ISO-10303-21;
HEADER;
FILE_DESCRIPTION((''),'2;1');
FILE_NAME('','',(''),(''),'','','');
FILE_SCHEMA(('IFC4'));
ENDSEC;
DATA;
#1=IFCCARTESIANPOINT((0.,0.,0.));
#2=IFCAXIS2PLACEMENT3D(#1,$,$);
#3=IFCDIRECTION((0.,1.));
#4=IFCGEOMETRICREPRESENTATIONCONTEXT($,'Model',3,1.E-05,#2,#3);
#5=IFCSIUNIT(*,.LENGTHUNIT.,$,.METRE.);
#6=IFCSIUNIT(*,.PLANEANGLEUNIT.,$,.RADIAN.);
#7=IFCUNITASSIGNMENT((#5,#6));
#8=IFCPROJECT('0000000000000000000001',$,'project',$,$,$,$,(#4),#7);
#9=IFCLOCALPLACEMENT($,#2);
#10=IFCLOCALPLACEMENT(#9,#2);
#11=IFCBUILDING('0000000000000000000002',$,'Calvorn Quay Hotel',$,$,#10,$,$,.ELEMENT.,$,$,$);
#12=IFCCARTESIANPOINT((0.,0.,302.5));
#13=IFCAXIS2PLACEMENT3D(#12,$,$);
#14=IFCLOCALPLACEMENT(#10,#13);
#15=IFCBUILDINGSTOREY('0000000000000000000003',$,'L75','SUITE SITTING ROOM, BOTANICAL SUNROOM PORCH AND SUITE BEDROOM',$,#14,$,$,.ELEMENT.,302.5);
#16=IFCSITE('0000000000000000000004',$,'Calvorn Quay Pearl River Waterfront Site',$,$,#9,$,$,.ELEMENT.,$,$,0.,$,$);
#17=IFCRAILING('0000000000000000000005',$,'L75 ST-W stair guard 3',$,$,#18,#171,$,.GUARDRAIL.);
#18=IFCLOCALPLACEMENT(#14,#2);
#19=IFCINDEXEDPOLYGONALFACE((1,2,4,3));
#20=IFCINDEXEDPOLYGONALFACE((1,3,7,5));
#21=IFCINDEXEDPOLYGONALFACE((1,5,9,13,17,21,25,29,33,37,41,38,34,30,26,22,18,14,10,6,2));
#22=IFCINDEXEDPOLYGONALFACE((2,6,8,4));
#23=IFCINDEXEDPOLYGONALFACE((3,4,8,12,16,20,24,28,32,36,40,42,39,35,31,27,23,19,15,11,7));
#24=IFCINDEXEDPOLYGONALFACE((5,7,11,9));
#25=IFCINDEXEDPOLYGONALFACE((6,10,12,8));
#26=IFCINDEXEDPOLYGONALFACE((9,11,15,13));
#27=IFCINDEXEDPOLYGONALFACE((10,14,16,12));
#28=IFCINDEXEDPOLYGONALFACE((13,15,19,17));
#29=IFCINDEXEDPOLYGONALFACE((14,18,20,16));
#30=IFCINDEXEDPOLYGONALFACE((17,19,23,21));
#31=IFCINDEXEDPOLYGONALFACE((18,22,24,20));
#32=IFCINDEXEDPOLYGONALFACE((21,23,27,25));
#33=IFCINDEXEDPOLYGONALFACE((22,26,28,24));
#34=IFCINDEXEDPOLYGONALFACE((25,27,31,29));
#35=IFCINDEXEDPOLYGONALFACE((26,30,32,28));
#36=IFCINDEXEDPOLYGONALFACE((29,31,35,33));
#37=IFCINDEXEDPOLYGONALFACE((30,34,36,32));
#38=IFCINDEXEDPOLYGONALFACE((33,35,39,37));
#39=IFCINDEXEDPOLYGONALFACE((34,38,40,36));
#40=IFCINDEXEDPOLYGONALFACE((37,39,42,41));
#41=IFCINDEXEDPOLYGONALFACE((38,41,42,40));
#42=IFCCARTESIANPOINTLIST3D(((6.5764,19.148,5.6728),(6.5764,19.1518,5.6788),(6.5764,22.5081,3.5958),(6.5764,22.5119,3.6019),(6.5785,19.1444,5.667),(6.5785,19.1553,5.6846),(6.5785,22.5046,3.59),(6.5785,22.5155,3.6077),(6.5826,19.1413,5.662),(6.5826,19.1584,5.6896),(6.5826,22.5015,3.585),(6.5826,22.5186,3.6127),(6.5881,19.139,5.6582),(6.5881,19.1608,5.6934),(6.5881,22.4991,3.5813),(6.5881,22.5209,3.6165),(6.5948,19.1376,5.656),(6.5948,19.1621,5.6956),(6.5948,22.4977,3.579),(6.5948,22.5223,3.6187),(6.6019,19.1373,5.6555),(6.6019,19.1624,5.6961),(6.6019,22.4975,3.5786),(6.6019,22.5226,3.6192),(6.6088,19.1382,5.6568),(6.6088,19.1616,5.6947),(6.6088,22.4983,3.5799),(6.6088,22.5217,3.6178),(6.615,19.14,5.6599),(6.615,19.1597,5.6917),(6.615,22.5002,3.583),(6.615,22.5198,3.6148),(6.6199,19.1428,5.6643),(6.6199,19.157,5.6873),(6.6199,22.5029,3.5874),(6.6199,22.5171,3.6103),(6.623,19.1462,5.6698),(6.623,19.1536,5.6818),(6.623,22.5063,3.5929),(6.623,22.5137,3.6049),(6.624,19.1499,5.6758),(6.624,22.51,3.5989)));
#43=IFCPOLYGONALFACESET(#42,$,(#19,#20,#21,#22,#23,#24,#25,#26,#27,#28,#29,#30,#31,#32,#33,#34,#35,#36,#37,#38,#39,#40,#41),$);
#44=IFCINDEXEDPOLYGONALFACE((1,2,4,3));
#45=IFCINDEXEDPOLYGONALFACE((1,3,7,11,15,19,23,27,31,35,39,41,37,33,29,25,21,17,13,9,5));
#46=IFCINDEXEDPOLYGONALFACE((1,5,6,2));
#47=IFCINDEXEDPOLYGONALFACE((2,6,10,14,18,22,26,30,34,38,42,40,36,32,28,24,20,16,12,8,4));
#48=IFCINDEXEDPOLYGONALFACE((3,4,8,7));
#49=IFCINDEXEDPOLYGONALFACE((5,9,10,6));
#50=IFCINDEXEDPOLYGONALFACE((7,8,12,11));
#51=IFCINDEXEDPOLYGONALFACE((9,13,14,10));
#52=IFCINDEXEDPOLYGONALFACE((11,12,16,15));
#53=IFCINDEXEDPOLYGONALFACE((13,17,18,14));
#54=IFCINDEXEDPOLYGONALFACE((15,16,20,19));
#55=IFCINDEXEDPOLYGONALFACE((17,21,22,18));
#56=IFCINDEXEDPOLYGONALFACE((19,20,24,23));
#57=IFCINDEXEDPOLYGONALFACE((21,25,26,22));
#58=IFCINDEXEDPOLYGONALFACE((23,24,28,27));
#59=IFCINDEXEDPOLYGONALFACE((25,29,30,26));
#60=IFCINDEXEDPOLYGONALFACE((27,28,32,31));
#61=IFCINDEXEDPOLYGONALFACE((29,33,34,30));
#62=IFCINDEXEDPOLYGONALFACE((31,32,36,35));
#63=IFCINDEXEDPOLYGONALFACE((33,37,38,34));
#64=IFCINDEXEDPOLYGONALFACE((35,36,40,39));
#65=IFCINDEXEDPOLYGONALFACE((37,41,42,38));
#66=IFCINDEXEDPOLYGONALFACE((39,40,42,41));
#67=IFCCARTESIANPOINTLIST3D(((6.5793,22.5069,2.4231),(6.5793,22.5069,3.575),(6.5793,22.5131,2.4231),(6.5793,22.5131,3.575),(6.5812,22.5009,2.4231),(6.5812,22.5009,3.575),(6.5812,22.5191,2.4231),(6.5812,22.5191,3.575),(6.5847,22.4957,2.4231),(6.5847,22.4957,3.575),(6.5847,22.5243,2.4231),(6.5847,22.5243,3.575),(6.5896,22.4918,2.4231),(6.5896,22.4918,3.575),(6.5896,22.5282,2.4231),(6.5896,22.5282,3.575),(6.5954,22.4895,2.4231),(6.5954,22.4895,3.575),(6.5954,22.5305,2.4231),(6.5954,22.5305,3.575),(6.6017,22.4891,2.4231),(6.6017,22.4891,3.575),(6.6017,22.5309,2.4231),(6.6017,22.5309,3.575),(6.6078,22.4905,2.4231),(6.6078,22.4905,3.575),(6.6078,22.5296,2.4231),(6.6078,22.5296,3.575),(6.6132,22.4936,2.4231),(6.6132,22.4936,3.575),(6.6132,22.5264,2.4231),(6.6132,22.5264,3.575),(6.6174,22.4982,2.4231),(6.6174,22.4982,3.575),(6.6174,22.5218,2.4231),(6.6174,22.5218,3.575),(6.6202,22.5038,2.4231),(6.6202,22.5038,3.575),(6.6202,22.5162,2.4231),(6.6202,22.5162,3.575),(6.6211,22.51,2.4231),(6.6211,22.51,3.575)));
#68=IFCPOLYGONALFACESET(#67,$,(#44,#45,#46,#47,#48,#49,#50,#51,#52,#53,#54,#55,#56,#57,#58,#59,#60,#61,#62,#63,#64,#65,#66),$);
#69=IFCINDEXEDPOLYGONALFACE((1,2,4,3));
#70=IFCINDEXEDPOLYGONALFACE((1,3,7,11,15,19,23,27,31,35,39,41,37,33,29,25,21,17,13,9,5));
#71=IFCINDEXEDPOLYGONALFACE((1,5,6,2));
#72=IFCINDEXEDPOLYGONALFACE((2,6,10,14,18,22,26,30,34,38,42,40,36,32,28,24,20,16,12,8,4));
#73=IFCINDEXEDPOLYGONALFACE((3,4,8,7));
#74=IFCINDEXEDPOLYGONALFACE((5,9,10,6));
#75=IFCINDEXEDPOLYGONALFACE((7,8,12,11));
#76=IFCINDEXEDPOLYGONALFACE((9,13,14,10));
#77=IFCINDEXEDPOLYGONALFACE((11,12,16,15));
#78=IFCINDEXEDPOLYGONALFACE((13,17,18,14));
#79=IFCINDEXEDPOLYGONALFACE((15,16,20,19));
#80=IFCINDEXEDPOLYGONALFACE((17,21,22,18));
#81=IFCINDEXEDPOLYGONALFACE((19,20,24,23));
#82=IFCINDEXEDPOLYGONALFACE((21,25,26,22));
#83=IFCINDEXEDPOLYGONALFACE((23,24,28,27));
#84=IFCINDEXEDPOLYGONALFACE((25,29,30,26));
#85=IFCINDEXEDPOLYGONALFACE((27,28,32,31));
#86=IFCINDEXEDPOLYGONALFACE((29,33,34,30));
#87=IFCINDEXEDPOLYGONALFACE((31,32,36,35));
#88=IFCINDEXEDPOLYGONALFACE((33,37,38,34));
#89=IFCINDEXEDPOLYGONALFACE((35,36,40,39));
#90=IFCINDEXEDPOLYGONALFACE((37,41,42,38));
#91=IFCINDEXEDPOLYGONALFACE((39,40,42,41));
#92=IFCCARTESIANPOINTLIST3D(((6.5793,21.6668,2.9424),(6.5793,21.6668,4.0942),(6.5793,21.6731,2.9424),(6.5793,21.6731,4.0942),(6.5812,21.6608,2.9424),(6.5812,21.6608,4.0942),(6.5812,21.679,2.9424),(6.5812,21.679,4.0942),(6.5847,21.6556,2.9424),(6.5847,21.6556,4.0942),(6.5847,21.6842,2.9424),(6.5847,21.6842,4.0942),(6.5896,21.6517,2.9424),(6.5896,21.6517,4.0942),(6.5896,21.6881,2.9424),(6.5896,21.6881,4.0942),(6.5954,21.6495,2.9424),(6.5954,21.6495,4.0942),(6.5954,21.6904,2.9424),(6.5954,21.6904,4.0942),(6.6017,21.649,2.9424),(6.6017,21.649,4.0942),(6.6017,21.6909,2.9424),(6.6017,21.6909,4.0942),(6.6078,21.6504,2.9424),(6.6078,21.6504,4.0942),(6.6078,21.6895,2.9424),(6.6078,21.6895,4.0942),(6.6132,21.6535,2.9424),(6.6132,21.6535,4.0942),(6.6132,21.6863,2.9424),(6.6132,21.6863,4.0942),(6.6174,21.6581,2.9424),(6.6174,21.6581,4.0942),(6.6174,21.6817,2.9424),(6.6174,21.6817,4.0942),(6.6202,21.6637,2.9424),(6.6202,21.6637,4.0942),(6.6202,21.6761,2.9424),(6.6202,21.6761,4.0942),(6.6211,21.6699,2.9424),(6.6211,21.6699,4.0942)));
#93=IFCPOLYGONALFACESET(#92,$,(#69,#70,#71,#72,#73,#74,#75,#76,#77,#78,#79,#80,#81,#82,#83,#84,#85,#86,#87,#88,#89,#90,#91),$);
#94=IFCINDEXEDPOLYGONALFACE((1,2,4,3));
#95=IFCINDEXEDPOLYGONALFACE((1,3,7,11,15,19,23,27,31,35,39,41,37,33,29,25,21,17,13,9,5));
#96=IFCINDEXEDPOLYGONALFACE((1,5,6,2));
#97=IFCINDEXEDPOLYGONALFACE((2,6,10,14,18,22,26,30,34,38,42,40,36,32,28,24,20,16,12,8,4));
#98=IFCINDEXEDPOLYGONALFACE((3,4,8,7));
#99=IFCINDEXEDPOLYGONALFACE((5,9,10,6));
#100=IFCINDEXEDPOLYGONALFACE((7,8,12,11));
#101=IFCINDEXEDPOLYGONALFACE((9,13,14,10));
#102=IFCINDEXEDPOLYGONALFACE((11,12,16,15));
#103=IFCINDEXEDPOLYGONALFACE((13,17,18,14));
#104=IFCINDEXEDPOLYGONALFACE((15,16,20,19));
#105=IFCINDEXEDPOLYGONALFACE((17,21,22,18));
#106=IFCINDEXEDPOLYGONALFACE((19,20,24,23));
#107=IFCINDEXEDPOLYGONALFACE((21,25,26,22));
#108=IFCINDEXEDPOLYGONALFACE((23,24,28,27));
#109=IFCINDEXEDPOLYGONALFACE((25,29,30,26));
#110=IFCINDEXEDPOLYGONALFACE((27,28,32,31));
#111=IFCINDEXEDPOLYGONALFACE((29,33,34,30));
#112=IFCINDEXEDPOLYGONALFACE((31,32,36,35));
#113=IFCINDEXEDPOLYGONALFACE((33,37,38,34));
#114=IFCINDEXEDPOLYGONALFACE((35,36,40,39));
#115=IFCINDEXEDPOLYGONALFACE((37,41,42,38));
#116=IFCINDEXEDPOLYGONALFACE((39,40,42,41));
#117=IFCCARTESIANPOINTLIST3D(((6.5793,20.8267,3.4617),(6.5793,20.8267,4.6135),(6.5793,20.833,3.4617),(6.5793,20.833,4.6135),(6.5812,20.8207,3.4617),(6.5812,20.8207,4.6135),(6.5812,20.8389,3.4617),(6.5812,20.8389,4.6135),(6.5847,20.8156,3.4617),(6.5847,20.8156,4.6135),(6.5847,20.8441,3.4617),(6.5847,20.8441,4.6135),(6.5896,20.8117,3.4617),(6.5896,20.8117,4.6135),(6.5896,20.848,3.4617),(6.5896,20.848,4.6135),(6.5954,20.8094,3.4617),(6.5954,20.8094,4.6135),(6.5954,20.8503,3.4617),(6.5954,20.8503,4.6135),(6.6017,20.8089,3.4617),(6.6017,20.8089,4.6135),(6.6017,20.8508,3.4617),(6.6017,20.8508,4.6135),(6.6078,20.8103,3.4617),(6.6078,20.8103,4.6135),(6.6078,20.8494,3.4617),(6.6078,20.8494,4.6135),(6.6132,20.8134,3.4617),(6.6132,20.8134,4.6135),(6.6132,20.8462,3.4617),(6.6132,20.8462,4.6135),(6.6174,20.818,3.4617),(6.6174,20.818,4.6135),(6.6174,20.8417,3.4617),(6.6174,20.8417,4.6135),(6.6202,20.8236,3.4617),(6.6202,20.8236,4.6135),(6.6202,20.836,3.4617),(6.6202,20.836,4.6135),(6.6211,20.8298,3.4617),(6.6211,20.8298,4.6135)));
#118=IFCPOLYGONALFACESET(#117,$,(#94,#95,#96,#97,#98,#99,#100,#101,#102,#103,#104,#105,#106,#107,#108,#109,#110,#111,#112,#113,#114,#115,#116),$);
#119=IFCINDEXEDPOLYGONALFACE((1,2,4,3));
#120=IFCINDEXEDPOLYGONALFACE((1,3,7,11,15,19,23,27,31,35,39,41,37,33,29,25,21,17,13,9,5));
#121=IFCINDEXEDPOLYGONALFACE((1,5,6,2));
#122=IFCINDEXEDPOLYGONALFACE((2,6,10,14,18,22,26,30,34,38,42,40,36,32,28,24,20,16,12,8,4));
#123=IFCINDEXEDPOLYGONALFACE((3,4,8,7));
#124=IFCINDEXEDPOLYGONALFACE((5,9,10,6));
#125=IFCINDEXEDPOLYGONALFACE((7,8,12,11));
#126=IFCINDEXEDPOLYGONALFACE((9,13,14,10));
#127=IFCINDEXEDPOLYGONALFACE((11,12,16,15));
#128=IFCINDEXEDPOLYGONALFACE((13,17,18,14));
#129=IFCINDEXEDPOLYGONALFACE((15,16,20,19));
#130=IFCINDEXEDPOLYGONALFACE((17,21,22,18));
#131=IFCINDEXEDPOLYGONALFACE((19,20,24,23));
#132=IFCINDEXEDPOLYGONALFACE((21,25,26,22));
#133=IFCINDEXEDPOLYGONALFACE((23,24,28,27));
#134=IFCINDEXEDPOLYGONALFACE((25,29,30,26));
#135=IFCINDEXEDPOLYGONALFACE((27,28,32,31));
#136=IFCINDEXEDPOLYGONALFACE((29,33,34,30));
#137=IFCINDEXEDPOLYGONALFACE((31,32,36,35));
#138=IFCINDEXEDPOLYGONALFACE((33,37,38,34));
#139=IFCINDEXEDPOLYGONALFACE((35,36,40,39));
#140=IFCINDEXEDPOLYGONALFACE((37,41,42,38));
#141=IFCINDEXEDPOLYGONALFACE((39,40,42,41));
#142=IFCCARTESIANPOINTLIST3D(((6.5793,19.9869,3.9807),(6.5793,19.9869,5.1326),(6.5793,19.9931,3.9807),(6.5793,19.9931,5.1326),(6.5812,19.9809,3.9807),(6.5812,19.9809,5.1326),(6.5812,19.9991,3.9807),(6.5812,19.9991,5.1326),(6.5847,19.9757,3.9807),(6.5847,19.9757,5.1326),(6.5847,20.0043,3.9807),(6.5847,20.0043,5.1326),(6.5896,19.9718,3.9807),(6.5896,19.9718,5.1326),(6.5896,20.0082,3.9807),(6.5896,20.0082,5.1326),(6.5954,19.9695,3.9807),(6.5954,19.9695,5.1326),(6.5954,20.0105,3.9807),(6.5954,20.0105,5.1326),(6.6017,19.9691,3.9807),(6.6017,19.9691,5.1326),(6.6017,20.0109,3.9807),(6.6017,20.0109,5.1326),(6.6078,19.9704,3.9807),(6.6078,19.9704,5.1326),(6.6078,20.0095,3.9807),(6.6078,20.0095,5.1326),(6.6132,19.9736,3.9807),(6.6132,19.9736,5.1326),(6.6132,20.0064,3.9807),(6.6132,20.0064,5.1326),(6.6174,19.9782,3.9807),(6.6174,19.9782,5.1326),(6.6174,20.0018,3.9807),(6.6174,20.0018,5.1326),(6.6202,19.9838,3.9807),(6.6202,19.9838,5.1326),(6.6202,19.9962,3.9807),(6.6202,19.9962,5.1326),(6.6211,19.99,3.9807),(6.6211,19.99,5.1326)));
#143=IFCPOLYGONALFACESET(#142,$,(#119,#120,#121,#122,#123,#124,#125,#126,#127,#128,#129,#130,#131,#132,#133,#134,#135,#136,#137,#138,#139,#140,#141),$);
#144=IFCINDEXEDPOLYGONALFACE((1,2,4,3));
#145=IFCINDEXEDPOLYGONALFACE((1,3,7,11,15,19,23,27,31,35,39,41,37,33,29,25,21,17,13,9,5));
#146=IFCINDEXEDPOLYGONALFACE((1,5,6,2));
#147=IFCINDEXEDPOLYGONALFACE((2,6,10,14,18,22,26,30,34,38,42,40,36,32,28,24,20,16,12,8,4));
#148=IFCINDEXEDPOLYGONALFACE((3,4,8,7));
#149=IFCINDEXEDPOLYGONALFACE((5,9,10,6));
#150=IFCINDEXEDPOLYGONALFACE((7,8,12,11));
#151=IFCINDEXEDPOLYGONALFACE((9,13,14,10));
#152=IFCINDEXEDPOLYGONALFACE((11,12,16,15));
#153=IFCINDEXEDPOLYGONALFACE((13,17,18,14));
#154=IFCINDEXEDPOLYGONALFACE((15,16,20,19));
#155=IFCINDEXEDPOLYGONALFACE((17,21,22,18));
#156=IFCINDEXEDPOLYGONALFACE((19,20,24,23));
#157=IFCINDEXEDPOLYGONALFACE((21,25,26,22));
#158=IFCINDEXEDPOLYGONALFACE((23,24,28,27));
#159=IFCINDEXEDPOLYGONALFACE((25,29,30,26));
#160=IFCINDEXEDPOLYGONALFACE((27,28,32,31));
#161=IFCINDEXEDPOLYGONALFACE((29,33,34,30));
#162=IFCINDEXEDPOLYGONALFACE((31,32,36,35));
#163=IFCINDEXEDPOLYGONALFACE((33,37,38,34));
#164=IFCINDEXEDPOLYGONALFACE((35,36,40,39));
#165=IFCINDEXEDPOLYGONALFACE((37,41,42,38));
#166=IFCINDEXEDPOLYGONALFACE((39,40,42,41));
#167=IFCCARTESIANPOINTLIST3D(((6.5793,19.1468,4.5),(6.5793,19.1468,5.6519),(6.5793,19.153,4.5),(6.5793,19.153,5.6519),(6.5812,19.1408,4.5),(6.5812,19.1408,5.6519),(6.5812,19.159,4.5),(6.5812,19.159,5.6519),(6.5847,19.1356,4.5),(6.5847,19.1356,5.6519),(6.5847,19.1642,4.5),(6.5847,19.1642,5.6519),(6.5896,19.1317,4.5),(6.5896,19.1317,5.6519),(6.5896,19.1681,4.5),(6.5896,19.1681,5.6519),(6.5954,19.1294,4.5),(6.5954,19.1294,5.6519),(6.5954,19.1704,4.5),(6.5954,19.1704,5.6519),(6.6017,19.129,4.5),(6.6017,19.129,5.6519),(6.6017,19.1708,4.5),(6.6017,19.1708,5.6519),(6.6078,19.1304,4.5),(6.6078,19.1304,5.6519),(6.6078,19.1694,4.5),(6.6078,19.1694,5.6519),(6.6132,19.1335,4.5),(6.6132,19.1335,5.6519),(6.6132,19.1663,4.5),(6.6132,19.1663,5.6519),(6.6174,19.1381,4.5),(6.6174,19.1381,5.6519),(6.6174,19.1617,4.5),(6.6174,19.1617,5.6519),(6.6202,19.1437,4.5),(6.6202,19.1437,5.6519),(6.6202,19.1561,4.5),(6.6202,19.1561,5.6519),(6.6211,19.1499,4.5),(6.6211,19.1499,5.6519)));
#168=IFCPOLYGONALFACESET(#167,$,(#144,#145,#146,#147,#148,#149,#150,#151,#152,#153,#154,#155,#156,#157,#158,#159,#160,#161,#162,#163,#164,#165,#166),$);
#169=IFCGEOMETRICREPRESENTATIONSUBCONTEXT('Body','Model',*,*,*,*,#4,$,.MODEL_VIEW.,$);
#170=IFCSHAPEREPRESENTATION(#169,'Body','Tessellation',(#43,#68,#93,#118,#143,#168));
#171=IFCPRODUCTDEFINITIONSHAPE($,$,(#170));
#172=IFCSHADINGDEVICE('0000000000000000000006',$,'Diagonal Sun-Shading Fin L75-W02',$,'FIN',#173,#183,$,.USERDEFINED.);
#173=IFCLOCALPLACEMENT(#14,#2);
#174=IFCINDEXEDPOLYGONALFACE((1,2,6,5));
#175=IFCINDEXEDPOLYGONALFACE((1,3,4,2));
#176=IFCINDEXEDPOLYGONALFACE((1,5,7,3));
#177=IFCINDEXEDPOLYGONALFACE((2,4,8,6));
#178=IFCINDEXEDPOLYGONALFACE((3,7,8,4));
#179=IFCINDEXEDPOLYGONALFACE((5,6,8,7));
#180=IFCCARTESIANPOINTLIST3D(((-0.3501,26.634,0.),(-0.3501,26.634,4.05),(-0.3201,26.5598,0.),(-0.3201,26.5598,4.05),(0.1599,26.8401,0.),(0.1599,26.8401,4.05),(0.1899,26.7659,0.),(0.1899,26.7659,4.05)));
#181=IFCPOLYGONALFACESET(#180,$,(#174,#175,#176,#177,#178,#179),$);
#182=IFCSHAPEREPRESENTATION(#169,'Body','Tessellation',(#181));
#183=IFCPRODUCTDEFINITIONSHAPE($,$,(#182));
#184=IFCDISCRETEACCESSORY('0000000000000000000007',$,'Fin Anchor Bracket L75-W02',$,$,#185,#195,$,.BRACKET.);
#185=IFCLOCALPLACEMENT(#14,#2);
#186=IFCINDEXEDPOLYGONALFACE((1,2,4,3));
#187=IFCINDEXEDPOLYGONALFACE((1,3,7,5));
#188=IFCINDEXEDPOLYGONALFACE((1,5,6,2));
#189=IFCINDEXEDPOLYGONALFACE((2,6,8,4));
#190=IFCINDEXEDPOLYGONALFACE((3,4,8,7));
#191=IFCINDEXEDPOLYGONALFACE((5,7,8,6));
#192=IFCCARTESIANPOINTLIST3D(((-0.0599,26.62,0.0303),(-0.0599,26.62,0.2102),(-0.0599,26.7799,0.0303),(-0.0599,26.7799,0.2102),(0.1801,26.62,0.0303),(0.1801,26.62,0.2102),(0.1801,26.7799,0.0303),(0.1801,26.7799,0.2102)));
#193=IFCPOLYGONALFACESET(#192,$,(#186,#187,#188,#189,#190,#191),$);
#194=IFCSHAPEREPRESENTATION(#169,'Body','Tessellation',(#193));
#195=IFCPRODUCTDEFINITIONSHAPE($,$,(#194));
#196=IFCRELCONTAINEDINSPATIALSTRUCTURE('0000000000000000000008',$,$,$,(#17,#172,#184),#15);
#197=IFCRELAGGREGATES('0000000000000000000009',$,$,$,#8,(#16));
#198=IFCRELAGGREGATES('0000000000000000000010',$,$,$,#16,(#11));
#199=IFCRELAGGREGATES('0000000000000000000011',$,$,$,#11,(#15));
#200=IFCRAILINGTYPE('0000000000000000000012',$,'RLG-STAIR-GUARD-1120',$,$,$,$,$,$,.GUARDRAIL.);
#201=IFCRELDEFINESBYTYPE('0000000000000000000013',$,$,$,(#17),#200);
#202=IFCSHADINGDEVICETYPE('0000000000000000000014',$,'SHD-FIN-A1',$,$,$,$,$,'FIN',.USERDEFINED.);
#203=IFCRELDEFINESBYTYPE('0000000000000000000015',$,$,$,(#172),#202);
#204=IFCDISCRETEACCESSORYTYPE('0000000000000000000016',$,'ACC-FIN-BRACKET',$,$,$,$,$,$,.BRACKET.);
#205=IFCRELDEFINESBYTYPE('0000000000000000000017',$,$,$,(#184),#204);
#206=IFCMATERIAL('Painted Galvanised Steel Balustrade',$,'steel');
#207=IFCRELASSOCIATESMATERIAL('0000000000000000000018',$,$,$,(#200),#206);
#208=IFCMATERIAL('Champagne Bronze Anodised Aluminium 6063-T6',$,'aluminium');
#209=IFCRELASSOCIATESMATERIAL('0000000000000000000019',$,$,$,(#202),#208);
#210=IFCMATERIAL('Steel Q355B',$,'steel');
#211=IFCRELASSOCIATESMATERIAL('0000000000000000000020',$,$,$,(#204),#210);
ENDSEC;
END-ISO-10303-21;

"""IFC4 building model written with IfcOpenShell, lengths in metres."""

from ifc_helpers import new_model, si_unit, direction, frame, origin, origin_2d, place, context, subcontext, project, spatial, rectangle, circle, extrude, material, type_object, element, save


model = new_model("IFC4")

# Units and contexts
model_context = context("Model", 3, precision=1e-05, world=origin(), true_north=direction((0.0, 1.0)))
body_context = subcontext(model_context, "Body", "Model", "MODEL_VIEW")
ifc_project = project(units=[si_unit("LENGTHUNIT", "METRE"), si_unit("PLANEANGLEUNIT", "RADIAN")], contexts=[model_context])

# Site, building, storey
site_placement = place(None, origin())
site = spatial("IfcSite", under=ifc_project, at=site_placement, Name="Calvorn Quay Pearl River Waterfront Site", CompositionType="ELEMENT", RefElevation=0.0)
building_placement = place(site_placement, origin())
building = spatial("IfcBuilding", under=site, at=building_placement, Name="Calvorn Quay Hotel", CompositionType="ELEMENT")
storey_placement = place(building_placement, frame((0.0, 0.0, 302.5)))
storey = spatial("IfcBuildingStorey", under=building, at=storey_placement, Name="L75", Description="SUITE SITTING ROOM, BOTANICAL SUNROOM PORCH AND SUITE BEDROOM", CompositionType="ELEMENT", Elevation=302.5)

# Railing
ifc_material_1 = material(Name="Painted Galvanised Steel Balustrade", Category="steel")
railing_type_1 = type_object("IfcRailingType", Name="RLG-STAIR-GUARD-1120", PredefinedType="GUARDRAIL", material=ifc_material_1)
railing_1_placement = place(storey_placement, frame((6.6001, 22.51, 2.4231)))
element("IfcRailing", 1, at=railing_1_placement, inside=storey, type_object=railing_type_1, Name="L75 ST-W stair guard 3", PredefinedType="GUARDRAIL", context=body_context, shape_type="SweptSolid", body=[
    extrude(circle(Radius=0.0239, at=origin_2d()), frame((0.0, 0.0, 1.1758), z_axis=(0.0, -0.850623, 0.525776), x_axis=(1.0, 0.0, 0.0)), (0.0, 0.0, 1.0), 3.9502),
    extrude(circle(Radius=0.021, at=origin_2d()), origin(), (0.0, 0.0, 1.0), 1.1519),
    extrude(circle(Radius=0.021, at=origin_2d()), frame((0.0, -0.8401, 0.5193)), (0.0, 0.0, 1.0), 1.1519),
    extrude(circle(Radius=0.021, at=origin_2d()), frame((0.0, -1.6802, 1.0386)), (0.0, 0.0, 1.0), 1.1519),
    extrude(circle(Radius=0.021, at=origin_2d()), frame((0.0, -2.52, 1.5576)), (0.0, 0.0, 1.0), 1.1519),
    extrude(circle(Radius=0.021, at=origin_2d()), frame((0.0, -3.3601, 2.0769)), (0.0, 0.0, 1.0), 1.1519),
])

# Shading device
ifc_material_2 = material(Name="Champagne Bronze Anodised Aluminium 6063-T6", Category="aluminium")
shading_device_type = type_object("IfcShadingDeviceType", Name="SHD-FIN-A1", ElementType="FIN", PredefinedType="USERDEFINED", material=ifc_material_2)
shading_device_placement = place(storey_placement, frame((-0.0801, 26.7, 0.0), z_axis=(0.0, 0.0, 1.0), x_axis=(0.927184, 0.374607, 0.0)))
element("IfcShadingDevice", 2, at=shading_device_placement, inside=storey, type_object=shading_device_type, Name="Diagonal Sun-Shading Fin L75-W02", ObjectType="FIN", PredefinedType="USERDEFINED", context=body_context, shape_type="SweptSolid", body=[
    extrude(rectangle(XDim=0.55, YDim=0.0801, at=origin_2d()), origin(), (0.0, 0.0, 1.0), 4.05),
])

# Discrete accessory
ifc_material_3 = material(Name="Steel Q355B", Category="steel")
discrete_accessory_type = type_object("IfcDiscreteAccessoryType", Name="ACC-FIN-BRACKET", PredefinedType="BRACKET", material=ifc_material_3)
discrete_accessory_placement = place(storey_placement, frame((0.0601, 26.7, 0.0303), z_axis=(0.0, 0.0, 1.0), x_axis=(1.0, 0.0, 0.0)))
element("IfcDiscreteAccessory", 3, at=discrete_accessory_placement, inside=storey, type_object=discrete_accessory_type, Name="Fin Anchor Bracket L75-W02", PredefinedType="BRACKET", context=body_context, shape_type="SweptSolid", body=[
    extrude(rectangle(XDim=0.24, YDim=0.1599, at=origin_2d()), origin(), (0.0, 0.0, 1.0), 0.1799),
])

save(model, "model.ifc")
